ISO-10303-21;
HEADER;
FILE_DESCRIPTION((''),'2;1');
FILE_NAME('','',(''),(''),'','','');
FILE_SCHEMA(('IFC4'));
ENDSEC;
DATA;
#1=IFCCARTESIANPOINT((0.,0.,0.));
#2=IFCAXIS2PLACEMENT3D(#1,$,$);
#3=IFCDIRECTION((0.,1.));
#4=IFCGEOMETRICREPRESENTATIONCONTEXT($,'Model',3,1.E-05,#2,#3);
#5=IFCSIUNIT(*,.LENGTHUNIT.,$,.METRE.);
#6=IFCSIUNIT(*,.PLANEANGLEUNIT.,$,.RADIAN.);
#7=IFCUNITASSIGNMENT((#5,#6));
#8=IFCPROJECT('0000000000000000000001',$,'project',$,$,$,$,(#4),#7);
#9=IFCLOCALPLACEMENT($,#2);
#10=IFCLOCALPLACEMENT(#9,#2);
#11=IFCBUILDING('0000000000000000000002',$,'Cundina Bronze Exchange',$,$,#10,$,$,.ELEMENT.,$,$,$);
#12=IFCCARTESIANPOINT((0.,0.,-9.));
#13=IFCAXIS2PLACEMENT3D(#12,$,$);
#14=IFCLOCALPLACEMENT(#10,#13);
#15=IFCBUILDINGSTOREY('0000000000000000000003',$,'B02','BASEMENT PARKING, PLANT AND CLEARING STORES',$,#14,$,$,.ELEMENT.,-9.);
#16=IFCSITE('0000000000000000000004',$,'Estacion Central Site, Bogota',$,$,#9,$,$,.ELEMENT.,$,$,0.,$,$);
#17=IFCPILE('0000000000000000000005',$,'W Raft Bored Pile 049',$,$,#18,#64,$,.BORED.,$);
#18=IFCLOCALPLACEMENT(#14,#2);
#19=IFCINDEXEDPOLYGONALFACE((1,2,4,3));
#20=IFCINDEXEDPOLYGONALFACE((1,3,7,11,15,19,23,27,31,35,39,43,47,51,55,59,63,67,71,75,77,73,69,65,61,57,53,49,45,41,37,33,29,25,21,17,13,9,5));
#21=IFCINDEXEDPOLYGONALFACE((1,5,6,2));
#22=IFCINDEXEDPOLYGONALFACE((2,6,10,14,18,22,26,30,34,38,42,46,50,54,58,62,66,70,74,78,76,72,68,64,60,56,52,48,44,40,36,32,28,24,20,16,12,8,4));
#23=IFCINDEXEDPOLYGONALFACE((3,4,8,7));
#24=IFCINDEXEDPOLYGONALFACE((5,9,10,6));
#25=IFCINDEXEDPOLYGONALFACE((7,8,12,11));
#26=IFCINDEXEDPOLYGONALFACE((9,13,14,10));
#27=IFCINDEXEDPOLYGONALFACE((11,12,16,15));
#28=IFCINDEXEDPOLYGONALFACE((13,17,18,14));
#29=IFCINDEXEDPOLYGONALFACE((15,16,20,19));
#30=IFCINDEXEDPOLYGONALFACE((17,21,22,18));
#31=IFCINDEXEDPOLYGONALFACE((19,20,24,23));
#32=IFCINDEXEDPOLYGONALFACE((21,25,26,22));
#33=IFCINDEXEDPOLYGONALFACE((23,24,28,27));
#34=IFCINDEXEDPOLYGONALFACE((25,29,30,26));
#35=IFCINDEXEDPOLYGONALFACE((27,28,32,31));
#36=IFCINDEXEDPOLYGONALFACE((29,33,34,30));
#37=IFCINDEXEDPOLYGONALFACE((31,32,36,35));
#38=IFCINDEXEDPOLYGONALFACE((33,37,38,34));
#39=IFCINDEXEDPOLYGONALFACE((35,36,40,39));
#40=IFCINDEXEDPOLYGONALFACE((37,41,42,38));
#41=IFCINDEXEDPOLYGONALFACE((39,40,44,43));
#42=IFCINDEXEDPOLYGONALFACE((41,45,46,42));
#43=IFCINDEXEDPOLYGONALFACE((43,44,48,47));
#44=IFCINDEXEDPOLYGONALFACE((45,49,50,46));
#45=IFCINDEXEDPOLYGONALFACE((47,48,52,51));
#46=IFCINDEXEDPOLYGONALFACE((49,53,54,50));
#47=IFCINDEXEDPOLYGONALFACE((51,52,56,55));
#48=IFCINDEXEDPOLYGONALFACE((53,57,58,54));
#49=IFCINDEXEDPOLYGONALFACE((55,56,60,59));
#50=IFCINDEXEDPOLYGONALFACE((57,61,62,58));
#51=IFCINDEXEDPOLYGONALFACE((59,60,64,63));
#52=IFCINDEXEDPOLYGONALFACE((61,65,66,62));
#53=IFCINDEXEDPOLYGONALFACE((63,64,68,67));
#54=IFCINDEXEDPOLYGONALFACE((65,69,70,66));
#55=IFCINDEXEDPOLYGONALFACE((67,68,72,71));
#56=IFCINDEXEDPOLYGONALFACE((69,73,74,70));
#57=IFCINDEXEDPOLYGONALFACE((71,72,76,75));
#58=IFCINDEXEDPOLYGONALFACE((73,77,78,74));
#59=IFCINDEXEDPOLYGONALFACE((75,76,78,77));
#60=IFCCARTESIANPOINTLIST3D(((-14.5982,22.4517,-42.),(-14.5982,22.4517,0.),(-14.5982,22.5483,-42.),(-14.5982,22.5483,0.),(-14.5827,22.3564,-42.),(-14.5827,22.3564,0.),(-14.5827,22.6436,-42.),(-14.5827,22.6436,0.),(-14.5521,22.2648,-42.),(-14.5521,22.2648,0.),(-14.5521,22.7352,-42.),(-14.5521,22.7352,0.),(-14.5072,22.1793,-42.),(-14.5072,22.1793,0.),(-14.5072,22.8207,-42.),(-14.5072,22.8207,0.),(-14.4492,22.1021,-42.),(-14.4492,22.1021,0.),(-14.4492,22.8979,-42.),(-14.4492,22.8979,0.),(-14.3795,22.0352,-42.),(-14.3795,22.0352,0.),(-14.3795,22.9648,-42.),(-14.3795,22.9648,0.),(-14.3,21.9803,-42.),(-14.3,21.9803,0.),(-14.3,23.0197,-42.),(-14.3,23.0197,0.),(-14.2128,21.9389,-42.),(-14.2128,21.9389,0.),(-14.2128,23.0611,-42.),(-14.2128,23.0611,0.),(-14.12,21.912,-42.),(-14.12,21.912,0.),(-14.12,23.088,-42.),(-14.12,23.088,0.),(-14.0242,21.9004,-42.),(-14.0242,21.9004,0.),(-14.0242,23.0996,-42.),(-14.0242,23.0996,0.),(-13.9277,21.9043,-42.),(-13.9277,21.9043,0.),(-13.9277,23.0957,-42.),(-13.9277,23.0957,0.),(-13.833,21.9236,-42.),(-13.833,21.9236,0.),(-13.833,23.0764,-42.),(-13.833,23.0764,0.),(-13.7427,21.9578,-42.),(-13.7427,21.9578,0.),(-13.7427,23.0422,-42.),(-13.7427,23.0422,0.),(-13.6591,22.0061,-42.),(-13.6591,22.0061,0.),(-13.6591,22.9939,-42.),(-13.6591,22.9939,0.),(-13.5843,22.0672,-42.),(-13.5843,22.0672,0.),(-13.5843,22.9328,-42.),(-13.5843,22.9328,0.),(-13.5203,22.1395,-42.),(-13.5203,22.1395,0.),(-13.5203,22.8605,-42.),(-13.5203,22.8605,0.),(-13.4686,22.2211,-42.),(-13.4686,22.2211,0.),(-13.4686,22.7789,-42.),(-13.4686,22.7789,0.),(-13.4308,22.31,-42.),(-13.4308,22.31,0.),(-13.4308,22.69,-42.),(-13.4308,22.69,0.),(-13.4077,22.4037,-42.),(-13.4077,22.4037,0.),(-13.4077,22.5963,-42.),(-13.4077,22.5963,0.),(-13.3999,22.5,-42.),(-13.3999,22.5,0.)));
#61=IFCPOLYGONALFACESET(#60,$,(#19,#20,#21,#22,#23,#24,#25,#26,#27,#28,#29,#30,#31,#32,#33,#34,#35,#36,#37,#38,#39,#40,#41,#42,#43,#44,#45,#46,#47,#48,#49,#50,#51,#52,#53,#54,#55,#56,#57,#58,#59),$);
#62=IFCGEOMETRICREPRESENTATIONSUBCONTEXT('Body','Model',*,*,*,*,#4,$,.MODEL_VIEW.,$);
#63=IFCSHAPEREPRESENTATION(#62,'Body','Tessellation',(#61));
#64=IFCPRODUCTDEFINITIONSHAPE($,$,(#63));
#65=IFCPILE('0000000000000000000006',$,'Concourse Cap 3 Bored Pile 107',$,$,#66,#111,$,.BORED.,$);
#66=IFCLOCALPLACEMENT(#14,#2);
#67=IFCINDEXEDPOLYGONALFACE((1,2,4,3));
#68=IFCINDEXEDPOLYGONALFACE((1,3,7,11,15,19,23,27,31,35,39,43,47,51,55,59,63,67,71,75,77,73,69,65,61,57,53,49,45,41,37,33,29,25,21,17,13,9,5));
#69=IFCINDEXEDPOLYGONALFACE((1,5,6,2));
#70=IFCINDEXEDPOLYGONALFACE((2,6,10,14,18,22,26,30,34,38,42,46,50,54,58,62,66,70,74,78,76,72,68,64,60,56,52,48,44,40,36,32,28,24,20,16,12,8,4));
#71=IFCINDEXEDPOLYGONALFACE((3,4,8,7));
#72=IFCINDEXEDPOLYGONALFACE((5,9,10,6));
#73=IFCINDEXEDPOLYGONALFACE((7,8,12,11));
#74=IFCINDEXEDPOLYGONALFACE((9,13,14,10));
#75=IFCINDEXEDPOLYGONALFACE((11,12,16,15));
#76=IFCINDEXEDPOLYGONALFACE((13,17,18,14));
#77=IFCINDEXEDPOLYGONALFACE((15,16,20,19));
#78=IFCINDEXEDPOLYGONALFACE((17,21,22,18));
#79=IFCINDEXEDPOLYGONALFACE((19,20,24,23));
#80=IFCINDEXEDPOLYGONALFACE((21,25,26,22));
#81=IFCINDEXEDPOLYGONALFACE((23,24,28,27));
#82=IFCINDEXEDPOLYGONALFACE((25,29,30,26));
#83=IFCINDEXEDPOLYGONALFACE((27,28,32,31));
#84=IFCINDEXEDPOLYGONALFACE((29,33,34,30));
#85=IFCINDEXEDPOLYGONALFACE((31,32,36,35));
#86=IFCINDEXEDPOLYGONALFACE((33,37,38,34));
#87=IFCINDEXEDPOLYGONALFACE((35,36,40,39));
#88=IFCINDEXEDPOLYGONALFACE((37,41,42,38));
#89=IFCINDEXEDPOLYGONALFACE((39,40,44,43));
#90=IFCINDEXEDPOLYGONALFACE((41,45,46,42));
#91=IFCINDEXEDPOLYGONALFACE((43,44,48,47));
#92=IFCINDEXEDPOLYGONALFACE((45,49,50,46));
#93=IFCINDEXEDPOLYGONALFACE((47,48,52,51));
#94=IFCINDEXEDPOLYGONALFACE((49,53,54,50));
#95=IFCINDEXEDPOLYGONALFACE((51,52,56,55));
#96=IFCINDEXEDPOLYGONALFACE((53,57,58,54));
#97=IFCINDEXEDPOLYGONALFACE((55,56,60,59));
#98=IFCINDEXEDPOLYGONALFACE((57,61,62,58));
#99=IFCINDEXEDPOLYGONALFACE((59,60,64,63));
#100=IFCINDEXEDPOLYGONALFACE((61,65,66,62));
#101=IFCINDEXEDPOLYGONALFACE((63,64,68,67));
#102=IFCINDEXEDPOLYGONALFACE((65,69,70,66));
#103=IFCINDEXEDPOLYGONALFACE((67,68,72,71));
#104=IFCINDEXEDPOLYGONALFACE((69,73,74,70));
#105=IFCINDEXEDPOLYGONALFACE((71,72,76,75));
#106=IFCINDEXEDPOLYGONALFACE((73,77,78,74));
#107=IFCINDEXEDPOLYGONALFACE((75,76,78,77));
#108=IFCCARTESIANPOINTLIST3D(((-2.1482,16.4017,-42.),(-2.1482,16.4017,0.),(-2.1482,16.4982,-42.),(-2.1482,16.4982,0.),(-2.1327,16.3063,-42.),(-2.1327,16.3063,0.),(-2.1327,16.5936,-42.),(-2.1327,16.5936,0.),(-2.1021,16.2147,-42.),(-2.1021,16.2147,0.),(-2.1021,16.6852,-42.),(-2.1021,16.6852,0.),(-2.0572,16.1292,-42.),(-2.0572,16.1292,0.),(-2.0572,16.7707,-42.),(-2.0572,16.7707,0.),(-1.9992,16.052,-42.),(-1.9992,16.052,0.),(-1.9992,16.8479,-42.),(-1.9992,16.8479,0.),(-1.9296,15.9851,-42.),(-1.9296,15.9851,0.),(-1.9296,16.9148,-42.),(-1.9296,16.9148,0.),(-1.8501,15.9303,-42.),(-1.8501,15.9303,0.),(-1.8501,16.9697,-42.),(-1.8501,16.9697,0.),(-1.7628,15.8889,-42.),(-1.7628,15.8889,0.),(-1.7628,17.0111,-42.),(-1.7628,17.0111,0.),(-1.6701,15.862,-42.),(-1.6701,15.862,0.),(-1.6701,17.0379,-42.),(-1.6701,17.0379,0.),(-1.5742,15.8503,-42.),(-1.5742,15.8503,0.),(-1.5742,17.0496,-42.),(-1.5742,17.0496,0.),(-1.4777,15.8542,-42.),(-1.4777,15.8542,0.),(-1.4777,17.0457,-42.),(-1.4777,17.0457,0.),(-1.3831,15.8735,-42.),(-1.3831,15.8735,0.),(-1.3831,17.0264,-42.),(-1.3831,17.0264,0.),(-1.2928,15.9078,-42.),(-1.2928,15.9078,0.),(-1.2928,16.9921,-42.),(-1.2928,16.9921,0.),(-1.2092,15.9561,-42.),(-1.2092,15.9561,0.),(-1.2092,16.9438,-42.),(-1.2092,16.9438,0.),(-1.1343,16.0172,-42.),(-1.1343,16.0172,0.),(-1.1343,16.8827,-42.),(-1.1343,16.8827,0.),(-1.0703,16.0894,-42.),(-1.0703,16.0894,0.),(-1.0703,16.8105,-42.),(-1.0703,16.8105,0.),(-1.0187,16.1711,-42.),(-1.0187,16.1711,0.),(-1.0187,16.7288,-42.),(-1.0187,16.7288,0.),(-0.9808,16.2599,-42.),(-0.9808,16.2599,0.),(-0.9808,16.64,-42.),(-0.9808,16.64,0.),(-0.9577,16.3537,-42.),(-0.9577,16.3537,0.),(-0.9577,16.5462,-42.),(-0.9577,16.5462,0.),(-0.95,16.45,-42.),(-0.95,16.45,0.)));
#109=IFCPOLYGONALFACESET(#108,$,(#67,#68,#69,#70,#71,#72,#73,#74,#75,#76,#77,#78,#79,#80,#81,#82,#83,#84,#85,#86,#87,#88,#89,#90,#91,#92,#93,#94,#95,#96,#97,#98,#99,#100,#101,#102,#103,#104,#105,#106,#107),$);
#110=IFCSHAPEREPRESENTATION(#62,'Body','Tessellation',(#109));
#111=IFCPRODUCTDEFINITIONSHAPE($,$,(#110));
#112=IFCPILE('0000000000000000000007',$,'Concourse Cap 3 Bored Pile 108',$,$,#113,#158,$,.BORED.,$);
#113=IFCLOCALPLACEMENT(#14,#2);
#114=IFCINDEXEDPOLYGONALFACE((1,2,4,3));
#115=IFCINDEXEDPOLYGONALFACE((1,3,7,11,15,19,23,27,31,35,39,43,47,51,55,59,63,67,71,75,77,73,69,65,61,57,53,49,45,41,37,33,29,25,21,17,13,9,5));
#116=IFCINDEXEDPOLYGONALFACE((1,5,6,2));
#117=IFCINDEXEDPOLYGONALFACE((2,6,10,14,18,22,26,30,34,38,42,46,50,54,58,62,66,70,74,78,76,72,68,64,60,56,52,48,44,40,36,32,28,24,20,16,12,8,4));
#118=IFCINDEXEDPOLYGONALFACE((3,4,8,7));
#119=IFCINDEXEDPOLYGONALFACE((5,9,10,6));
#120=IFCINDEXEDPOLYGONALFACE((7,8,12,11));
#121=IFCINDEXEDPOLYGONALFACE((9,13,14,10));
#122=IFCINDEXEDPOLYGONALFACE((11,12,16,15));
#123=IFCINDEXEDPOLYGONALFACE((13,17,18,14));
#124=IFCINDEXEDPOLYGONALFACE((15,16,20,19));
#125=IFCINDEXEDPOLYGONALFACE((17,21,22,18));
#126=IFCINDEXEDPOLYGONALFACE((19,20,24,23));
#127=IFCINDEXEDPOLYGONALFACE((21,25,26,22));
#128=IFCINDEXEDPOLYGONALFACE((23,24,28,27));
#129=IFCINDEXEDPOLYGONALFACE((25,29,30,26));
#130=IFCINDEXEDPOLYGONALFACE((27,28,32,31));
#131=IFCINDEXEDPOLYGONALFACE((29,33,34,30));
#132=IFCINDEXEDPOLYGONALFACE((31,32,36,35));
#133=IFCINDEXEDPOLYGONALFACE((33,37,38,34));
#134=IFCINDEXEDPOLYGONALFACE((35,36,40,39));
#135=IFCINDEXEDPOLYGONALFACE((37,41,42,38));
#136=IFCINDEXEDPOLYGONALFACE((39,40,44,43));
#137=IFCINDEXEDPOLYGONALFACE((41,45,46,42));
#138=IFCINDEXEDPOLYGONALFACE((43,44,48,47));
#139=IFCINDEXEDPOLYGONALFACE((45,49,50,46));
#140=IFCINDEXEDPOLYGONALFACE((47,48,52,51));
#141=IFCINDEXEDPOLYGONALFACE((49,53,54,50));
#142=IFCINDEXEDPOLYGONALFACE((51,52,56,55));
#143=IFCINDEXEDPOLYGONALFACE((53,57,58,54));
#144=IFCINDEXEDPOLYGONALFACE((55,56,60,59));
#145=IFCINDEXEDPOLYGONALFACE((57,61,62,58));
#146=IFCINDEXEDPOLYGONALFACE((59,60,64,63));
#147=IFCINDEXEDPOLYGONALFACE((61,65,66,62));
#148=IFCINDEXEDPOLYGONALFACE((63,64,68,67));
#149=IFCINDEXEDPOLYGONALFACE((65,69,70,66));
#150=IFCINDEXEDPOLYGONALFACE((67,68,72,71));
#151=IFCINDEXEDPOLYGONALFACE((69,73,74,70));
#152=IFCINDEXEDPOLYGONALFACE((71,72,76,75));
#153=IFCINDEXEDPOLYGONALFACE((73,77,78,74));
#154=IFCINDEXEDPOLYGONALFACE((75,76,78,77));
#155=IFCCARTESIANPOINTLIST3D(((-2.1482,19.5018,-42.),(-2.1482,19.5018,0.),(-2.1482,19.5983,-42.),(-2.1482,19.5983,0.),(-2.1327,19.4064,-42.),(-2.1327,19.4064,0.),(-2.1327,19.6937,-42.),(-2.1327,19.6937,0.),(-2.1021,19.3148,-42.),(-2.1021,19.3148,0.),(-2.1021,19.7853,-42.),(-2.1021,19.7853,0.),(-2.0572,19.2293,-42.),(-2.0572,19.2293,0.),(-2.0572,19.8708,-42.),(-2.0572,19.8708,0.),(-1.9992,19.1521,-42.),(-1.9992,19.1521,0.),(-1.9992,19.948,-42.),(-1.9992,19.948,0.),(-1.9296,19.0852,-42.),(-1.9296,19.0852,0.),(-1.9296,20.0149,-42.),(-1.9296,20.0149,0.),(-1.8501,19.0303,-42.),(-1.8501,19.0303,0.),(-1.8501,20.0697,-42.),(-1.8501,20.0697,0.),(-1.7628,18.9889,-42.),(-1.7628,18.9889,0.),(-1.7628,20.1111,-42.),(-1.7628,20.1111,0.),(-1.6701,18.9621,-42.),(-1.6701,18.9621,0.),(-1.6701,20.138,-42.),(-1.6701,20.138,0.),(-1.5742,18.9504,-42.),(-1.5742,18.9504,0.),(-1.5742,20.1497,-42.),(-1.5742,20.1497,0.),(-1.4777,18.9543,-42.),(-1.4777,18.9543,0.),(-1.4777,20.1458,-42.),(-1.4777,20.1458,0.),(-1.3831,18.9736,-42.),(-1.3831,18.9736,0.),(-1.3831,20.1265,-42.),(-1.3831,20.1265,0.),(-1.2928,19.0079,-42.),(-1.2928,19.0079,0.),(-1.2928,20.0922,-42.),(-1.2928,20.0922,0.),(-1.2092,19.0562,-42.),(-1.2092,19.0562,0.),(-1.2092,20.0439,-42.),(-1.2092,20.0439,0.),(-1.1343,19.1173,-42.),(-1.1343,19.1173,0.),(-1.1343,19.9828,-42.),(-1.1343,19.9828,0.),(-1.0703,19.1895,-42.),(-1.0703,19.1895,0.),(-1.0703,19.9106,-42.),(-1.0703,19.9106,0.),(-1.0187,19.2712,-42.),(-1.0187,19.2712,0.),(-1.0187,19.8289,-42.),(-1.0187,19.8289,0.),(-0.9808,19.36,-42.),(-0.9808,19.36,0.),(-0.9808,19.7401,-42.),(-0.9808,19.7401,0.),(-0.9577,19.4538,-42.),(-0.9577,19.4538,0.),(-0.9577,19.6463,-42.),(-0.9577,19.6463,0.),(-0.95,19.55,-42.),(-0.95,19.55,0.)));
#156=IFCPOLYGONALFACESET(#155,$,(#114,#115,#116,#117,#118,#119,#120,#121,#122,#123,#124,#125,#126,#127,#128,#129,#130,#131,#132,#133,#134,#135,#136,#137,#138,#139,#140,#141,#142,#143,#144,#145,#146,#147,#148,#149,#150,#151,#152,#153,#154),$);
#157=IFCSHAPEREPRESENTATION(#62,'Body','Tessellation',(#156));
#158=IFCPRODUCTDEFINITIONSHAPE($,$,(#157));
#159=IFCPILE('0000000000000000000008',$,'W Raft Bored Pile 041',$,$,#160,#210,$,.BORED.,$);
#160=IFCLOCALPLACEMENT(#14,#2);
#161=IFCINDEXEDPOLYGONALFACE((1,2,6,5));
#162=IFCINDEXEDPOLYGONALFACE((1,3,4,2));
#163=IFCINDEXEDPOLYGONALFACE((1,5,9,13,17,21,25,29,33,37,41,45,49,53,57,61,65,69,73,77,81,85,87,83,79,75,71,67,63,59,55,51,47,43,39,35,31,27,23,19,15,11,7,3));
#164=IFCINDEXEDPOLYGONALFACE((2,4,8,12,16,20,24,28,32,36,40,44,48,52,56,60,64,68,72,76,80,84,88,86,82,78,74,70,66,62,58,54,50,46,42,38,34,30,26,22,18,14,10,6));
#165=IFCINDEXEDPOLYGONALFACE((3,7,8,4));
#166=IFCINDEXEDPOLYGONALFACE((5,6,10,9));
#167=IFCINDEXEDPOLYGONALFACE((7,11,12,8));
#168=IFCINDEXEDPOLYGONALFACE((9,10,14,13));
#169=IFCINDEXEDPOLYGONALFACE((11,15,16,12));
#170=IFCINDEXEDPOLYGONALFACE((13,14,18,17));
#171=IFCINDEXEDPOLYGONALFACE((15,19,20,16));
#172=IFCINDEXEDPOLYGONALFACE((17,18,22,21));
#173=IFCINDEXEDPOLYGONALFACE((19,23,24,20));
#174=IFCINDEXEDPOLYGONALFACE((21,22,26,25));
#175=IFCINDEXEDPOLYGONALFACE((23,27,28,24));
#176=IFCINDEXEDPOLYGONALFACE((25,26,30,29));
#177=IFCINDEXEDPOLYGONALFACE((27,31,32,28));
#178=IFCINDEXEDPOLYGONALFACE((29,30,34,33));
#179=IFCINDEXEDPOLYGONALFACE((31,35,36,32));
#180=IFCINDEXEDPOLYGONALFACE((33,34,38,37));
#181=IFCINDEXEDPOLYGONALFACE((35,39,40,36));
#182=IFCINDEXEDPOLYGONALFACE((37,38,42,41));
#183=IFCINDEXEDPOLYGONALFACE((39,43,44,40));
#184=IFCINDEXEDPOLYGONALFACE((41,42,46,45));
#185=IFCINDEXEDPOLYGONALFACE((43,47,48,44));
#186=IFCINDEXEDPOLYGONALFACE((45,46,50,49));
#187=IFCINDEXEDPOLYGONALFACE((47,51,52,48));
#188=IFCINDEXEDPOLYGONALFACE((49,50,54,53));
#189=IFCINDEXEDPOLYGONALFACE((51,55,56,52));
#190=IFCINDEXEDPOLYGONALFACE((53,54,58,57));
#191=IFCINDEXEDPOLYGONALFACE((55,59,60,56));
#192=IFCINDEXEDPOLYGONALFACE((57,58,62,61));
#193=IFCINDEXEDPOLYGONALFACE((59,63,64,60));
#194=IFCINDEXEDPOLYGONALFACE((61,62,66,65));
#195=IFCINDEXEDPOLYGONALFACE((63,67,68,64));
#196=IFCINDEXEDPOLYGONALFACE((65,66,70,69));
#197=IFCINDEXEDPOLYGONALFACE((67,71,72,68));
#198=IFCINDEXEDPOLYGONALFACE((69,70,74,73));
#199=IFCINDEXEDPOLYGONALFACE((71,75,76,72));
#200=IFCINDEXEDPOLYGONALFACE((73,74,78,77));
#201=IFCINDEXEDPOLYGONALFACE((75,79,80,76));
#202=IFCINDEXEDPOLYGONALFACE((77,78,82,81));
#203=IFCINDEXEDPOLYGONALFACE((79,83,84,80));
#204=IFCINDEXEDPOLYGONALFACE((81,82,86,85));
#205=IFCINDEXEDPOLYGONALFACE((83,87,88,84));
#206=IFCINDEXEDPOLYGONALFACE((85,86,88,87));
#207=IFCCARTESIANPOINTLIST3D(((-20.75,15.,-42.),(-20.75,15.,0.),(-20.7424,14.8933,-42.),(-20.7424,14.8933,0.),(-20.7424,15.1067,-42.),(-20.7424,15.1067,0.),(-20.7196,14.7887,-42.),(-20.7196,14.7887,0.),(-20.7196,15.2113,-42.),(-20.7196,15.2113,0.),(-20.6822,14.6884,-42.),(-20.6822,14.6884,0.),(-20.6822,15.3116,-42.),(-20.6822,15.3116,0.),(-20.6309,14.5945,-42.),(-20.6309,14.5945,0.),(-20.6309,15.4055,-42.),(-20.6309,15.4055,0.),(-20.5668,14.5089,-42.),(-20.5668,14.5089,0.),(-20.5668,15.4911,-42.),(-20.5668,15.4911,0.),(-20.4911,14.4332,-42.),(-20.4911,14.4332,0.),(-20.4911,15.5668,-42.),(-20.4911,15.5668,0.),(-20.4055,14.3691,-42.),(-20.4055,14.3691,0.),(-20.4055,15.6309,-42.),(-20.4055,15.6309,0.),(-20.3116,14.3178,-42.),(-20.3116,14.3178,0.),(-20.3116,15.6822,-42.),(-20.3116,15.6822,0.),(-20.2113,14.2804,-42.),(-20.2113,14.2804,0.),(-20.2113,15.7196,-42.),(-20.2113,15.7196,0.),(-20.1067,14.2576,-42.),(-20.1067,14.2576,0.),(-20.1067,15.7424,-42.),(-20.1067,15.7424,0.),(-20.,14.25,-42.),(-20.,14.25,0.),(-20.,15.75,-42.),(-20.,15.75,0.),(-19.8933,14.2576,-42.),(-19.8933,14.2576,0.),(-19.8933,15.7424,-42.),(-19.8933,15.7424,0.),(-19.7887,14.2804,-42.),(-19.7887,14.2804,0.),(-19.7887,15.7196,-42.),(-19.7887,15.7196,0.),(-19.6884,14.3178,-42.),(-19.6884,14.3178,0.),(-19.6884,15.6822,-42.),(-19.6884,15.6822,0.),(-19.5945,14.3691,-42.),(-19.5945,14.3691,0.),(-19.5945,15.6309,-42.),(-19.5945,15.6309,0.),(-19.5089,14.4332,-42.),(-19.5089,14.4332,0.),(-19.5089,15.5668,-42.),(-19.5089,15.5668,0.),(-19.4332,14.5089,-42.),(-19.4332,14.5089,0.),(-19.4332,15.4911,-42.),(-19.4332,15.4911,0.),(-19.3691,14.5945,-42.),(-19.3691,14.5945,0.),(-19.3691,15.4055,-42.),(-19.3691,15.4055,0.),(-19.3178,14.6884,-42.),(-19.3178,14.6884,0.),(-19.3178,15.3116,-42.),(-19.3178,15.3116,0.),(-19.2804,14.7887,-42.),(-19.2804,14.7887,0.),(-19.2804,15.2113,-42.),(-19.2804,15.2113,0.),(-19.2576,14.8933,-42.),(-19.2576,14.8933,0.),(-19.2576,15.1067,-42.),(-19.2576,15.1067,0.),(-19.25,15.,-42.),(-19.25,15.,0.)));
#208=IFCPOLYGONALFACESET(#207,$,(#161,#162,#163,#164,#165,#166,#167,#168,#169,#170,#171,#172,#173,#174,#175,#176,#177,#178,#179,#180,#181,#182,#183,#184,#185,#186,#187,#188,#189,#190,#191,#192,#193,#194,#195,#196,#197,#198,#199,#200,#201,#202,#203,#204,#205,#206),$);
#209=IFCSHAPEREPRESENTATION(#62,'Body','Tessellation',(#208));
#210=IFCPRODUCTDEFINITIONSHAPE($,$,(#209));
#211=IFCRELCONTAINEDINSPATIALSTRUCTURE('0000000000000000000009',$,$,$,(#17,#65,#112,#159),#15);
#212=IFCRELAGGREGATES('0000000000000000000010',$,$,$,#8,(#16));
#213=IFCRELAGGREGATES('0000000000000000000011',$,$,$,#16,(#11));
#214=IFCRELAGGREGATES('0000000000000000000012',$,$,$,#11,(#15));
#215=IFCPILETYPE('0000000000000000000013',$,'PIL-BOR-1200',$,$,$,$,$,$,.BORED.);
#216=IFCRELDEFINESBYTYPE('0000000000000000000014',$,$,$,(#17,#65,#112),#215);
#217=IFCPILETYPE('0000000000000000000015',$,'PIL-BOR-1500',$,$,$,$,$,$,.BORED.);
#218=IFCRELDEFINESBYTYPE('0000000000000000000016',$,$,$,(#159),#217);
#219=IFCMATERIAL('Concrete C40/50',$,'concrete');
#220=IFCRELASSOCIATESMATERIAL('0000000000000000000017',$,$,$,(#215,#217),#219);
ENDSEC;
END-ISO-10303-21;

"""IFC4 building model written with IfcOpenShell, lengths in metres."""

from ifc_helpers import new_model, si_unit, direction, frame, origin, origin_2d, place, context, subcontext, project, spatial, circle, extrude, material, material_profile, profile_set, type_object, element, save


model = new_model("IFC4")

# Units and contexts
model_context = context("Model", 3, precision=1e-05, world=origin(), true_north=direction((0.0, 1.0)))
body_context = subcontext(model_context, "Body", "Model", "MODEL_VIEW")
ifc_project = project(units=[si_unit("LENGTHUNIT", "METRE"), si_unit("PLANEANGLEUNIT", "RADIAN")], contexts=[model_context])

# Site, building, storey
site_placement = place(None, origin())
site = spatial("IfcSite", under=ifc_project, at=site_placement, Name="Estacion Central Site, Bogota", CompositionType="ELEMENT", RefElevation=0.0)
building_placement = place(site_placement, origin())
building = spatial("IfcBuilding", under=site, at=building_placement, Name="Cundina Bronze Exchange", CompositionType="ELEMENT")
storey_placement = place(building_placement, frame((0.0, 0.0, -9.0)))
storey = spatial("IfcBuildingStorey", under=building, at=storey_placement, Name="B02", Description="BASEMENT PARKING, PLANT AND CLEARING STORES", CompositionType="ELEMENT", Elevation=-9.0)

# Shared definitions
ifc_material_1 = material(Name="Concrete C40/50", Category="concrete")

# Piles
ifc_material_profile_1 = material_profile(ifc_material_1, circle(Radius=0.6001, at=origin_2d()), Name="PILE1200D", Category="concrete")
ifc_profile_set_1 = profile_set([ifc_material_profile_1], Name="Concrete C40/50")
pile_type_1 = type_object("IfcPileType", Name="PIL-BOR-1200", PredefinedType="BORED", material=ifc_profile_set_1)
for number, where, z_axis, x_axis, name in (
    (1, (-14.0, 22.5, 0.0), (0.0, 0.0, -1.0), (1.0, 0.0, 0.0), "W Raft Bored Pile 049"),
    (2, (-1.55, 16.45, 0.0), (0.0, 0.0, -1.0), (1.0, 0.0, 0.0), "Concourse Cap 3 Bored Pile 107"),
    (3, (-1.55, 19.55, 0.0), (0.0, 0.0, -1.0), (1.0, 0.0, 0.0), "Concourse Cap 3 Bored Pile 108"),
):
    element("IfcPile", number, at=place(storey_placement, frame(where, z_axis=z_axis, x_axis=x_axis)), inside=storey, type_object=pile_type_1, Name=name, PredefinedType="BORED", context=body_context, shape_type="SweptSolid", body=[
        extrude(circle(Radius=0.6001, at=origin_2d()), origin(), (0.0, 0.0, 1.0), 42.0),
    ])
ifc_material_profile_2 = material_profile(ifc_material_1, circle(Radius=0.75, at=origin_2d()), Name="PILE1500D", Category="concrete")
ifc_profile_set_2 = profile_set([ifc_material_profile_2], Name="Concrete C40/50")
pile_type_2 = type_object("IfcPileType", Name="PIL-BOR-1500", PredefinedType="BORED", material=ifc_profile_set_2)
pile_placement = place(storey_placement, frame((-20.0, 15.0, 0.0), z_axis=(0.0, 0.0, -1.0), x_axis=(1.0, 0.0, 0.0)))
element("IfcPile", 4, at=pile_placement, inside=storey, type_object=pile_type_2, Name="W Raft Bored Pile 041", PredefinedType="BORED", context=body_context, shape_type="SweptSolid", body=[
    extrude(circle(Radius=0.75, at=origin_2d()), origin(), (0.0, 0.0, 1.0), 42.0),
])

save(model, "model.ifc")
